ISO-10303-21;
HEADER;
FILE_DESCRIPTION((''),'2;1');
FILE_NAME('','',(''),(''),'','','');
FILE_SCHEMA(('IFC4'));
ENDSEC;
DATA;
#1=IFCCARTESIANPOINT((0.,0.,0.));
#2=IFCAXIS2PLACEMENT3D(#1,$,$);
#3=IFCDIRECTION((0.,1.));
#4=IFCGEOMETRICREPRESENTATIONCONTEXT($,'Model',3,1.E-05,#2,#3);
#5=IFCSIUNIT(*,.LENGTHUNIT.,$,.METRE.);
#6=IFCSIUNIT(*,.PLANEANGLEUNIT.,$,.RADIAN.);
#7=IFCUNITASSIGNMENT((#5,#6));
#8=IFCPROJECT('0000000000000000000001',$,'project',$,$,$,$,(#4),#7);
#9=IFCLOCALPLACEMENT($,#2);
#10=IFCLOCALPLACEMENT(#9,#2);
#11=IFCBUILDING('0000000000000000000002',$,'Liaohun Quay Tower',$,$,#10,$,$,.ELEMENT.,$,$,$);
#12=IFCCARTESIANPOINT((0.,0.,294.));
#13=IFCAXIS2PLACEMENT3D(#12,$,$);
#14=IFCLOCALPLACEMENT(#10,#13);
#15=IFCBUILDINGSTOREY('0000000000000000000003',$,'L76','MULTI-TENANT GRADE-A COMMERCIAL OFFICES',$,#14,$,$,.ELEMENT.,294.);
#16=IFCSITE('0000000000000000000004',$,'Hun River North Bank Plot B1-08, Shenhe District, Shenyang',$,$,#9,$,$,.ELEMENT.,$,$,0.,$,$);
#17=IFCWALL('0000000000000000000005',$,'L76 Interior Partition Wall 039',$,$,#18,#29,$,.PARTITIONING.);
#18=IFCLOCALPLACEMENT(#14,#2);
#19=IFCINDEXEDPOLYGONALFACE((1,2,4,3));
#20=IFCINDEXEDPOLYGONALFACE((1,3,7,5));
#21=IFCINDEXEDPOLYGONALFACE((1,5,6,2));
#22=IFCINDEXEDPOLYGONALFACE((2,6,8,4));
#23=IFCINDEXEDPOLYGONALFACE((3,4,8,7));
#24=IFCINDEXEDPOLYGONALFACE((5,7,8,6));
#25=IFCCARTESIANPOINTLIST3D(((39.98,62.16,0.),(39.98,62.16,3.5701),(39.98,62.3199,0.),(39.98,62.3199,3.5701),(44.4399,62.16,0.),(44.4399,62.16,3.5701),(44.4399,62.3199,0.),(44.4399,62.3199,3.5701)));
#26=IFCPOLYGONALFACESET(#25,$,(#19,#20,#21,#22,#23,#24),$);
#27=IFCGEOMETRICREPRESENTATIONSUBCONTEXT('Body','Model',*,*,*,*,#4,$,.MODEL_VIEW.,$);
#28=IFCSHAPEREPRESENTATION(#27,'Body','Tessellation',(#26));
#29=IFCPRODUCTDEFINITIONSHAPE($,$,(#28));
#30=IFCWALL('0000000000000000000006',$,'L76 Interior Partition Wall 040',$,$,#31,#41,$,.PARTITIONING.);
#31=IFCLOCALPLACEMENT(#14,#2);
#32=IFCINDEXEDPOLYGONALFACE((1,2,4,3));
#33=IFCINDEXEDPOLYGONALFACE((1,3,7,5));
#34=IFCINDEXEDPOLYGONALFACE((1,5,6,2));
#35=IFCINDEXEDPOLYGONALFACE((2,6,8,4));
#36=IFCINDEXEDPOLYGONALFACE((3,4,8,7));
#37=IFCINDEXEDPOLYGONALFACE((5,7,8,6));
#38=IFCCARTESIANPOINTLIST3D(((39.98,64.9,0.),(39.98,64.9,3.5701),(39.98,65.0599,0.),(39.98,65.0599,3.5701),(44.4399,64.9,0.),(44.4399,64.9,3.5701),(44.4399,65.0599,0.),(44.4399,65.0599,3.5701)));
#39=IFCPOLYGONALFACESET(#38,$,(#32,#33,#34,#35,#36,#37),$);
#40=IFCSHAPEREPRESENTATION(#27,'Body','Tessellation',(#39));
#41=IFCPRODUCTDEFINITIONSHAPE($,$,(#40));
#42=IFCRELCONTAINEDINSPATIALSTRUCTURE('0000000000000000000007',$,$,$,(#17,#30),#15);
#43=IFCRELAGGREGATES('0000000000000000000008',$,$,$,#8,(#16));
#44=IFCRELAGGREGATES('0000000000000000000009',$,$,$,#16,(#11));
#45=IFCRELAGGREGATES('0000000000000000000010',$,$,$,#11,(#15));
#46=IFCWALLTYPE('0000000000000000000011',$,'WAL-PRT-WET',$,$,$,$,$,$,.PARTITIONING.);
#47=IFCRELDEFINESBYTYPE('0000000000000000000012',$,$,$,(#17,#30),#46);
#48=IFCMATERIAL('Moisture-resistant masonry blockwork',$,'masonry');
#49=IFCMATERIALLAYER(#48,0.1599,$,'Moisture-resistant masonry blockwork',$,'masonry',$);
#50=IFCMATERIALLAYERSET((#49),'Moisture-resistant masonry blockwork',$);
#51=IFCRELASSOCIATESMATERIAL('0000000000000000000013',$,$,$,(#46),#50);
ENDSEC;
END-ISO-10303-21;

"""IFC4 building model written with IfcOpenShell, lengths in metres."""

from ifc_helpers import new_model, si_unit, direction, frame, frame_2d, origin, place, context, subcontext, project, spatial, rectangle, extrude, material, layer, layer_set, type_object, element, save


model = new_model("IFC4")

# Units and contexts
model_context = context("Model", 3, precision=1e-05, world=origin(), true_north=direction((0.0, 1.0)))
body_context = subcontext(model_context, "Body", "Model", "MODEL_VIEW")
ifc_project = project(units=[si_unit("LENGTHUNIT", "METRE"), si_unit("PLANEANGLEUNIT", "RADIAN")], contexts=[model_context])

# Site, building, storey
site_placement = place(None, origin())
site = spatial("IfcSite", under=ifc_project, at=site_placement, Name="Hun River North Bank Plot B1-08, Shenhe District, Shenyang", CompositionType="ELEMENT", RefElevation=0.0)
building_placement = place(site_placement, origin())
building = spatial("IfcBuilding", under=site, at=building_placement, Name="Liaohun Quay Tower", CompositionType="ELEMENT")
storey_placement = place(building_placement, frame((0.0, 0.0, 294.0)))
storey = spatial("IfcBuildingStorey", under=building, at=storey_placement, Name="L76", Description="MULTI-TENANT GRADE-A COMMERCIAL OFFICES", CompositionType="ELEMENT", Elevation=294.0)

# Shared definitions
ifc_material_1 = material(Name="Moisture-resistant masonry blockwork", Category="masonry")
ifc_layer_1 = layer(ifc_material_1, 0.1599, Name="Moisture-resistant masonry blockwork", Category="masonry")
ifc_layer_set_1 = layer_set([ifc_layer_1], Name="Moisture-resistant masonry blockwork")
wall_type_1 = type_object("IfcWallType", Name="WAL-PRT-WET", PredefinedType="PARTITIONING", material=ifc_layer_set_1)

# Walls
for number, where, z_axis, x_axis, name in (
    (1, (39.98, 62.24, 0.0), (0.0, 0.0, 1.0), (1.0, 0.0, 0.0), "L76 Interior Partition Wall 039"),
    (2, (39.98, 64.98, 0.0), (0.0, 0.0, 1.0), (1.0, 0.0, 0.0), "L76 Interior Partition Wall 040"),
):
    element("IfcWall", number, at=place(storey_placement, frame(where, z_axis=z_axis, x_axis=x_axis)), inside=storey, type_object=wall_type_1, Name=name, PredefinedType="PARTITIONING", context=body_context, shape_type="SweptSolid", body=[
        extrude(rectangle(XDim=4.46, YDim=0.1599, at=frame_2d((2.23, 0.0))), origin(), (0.0, 0.0, 1.0), 3.5701),
    ])

save(model, "model.ifc")
